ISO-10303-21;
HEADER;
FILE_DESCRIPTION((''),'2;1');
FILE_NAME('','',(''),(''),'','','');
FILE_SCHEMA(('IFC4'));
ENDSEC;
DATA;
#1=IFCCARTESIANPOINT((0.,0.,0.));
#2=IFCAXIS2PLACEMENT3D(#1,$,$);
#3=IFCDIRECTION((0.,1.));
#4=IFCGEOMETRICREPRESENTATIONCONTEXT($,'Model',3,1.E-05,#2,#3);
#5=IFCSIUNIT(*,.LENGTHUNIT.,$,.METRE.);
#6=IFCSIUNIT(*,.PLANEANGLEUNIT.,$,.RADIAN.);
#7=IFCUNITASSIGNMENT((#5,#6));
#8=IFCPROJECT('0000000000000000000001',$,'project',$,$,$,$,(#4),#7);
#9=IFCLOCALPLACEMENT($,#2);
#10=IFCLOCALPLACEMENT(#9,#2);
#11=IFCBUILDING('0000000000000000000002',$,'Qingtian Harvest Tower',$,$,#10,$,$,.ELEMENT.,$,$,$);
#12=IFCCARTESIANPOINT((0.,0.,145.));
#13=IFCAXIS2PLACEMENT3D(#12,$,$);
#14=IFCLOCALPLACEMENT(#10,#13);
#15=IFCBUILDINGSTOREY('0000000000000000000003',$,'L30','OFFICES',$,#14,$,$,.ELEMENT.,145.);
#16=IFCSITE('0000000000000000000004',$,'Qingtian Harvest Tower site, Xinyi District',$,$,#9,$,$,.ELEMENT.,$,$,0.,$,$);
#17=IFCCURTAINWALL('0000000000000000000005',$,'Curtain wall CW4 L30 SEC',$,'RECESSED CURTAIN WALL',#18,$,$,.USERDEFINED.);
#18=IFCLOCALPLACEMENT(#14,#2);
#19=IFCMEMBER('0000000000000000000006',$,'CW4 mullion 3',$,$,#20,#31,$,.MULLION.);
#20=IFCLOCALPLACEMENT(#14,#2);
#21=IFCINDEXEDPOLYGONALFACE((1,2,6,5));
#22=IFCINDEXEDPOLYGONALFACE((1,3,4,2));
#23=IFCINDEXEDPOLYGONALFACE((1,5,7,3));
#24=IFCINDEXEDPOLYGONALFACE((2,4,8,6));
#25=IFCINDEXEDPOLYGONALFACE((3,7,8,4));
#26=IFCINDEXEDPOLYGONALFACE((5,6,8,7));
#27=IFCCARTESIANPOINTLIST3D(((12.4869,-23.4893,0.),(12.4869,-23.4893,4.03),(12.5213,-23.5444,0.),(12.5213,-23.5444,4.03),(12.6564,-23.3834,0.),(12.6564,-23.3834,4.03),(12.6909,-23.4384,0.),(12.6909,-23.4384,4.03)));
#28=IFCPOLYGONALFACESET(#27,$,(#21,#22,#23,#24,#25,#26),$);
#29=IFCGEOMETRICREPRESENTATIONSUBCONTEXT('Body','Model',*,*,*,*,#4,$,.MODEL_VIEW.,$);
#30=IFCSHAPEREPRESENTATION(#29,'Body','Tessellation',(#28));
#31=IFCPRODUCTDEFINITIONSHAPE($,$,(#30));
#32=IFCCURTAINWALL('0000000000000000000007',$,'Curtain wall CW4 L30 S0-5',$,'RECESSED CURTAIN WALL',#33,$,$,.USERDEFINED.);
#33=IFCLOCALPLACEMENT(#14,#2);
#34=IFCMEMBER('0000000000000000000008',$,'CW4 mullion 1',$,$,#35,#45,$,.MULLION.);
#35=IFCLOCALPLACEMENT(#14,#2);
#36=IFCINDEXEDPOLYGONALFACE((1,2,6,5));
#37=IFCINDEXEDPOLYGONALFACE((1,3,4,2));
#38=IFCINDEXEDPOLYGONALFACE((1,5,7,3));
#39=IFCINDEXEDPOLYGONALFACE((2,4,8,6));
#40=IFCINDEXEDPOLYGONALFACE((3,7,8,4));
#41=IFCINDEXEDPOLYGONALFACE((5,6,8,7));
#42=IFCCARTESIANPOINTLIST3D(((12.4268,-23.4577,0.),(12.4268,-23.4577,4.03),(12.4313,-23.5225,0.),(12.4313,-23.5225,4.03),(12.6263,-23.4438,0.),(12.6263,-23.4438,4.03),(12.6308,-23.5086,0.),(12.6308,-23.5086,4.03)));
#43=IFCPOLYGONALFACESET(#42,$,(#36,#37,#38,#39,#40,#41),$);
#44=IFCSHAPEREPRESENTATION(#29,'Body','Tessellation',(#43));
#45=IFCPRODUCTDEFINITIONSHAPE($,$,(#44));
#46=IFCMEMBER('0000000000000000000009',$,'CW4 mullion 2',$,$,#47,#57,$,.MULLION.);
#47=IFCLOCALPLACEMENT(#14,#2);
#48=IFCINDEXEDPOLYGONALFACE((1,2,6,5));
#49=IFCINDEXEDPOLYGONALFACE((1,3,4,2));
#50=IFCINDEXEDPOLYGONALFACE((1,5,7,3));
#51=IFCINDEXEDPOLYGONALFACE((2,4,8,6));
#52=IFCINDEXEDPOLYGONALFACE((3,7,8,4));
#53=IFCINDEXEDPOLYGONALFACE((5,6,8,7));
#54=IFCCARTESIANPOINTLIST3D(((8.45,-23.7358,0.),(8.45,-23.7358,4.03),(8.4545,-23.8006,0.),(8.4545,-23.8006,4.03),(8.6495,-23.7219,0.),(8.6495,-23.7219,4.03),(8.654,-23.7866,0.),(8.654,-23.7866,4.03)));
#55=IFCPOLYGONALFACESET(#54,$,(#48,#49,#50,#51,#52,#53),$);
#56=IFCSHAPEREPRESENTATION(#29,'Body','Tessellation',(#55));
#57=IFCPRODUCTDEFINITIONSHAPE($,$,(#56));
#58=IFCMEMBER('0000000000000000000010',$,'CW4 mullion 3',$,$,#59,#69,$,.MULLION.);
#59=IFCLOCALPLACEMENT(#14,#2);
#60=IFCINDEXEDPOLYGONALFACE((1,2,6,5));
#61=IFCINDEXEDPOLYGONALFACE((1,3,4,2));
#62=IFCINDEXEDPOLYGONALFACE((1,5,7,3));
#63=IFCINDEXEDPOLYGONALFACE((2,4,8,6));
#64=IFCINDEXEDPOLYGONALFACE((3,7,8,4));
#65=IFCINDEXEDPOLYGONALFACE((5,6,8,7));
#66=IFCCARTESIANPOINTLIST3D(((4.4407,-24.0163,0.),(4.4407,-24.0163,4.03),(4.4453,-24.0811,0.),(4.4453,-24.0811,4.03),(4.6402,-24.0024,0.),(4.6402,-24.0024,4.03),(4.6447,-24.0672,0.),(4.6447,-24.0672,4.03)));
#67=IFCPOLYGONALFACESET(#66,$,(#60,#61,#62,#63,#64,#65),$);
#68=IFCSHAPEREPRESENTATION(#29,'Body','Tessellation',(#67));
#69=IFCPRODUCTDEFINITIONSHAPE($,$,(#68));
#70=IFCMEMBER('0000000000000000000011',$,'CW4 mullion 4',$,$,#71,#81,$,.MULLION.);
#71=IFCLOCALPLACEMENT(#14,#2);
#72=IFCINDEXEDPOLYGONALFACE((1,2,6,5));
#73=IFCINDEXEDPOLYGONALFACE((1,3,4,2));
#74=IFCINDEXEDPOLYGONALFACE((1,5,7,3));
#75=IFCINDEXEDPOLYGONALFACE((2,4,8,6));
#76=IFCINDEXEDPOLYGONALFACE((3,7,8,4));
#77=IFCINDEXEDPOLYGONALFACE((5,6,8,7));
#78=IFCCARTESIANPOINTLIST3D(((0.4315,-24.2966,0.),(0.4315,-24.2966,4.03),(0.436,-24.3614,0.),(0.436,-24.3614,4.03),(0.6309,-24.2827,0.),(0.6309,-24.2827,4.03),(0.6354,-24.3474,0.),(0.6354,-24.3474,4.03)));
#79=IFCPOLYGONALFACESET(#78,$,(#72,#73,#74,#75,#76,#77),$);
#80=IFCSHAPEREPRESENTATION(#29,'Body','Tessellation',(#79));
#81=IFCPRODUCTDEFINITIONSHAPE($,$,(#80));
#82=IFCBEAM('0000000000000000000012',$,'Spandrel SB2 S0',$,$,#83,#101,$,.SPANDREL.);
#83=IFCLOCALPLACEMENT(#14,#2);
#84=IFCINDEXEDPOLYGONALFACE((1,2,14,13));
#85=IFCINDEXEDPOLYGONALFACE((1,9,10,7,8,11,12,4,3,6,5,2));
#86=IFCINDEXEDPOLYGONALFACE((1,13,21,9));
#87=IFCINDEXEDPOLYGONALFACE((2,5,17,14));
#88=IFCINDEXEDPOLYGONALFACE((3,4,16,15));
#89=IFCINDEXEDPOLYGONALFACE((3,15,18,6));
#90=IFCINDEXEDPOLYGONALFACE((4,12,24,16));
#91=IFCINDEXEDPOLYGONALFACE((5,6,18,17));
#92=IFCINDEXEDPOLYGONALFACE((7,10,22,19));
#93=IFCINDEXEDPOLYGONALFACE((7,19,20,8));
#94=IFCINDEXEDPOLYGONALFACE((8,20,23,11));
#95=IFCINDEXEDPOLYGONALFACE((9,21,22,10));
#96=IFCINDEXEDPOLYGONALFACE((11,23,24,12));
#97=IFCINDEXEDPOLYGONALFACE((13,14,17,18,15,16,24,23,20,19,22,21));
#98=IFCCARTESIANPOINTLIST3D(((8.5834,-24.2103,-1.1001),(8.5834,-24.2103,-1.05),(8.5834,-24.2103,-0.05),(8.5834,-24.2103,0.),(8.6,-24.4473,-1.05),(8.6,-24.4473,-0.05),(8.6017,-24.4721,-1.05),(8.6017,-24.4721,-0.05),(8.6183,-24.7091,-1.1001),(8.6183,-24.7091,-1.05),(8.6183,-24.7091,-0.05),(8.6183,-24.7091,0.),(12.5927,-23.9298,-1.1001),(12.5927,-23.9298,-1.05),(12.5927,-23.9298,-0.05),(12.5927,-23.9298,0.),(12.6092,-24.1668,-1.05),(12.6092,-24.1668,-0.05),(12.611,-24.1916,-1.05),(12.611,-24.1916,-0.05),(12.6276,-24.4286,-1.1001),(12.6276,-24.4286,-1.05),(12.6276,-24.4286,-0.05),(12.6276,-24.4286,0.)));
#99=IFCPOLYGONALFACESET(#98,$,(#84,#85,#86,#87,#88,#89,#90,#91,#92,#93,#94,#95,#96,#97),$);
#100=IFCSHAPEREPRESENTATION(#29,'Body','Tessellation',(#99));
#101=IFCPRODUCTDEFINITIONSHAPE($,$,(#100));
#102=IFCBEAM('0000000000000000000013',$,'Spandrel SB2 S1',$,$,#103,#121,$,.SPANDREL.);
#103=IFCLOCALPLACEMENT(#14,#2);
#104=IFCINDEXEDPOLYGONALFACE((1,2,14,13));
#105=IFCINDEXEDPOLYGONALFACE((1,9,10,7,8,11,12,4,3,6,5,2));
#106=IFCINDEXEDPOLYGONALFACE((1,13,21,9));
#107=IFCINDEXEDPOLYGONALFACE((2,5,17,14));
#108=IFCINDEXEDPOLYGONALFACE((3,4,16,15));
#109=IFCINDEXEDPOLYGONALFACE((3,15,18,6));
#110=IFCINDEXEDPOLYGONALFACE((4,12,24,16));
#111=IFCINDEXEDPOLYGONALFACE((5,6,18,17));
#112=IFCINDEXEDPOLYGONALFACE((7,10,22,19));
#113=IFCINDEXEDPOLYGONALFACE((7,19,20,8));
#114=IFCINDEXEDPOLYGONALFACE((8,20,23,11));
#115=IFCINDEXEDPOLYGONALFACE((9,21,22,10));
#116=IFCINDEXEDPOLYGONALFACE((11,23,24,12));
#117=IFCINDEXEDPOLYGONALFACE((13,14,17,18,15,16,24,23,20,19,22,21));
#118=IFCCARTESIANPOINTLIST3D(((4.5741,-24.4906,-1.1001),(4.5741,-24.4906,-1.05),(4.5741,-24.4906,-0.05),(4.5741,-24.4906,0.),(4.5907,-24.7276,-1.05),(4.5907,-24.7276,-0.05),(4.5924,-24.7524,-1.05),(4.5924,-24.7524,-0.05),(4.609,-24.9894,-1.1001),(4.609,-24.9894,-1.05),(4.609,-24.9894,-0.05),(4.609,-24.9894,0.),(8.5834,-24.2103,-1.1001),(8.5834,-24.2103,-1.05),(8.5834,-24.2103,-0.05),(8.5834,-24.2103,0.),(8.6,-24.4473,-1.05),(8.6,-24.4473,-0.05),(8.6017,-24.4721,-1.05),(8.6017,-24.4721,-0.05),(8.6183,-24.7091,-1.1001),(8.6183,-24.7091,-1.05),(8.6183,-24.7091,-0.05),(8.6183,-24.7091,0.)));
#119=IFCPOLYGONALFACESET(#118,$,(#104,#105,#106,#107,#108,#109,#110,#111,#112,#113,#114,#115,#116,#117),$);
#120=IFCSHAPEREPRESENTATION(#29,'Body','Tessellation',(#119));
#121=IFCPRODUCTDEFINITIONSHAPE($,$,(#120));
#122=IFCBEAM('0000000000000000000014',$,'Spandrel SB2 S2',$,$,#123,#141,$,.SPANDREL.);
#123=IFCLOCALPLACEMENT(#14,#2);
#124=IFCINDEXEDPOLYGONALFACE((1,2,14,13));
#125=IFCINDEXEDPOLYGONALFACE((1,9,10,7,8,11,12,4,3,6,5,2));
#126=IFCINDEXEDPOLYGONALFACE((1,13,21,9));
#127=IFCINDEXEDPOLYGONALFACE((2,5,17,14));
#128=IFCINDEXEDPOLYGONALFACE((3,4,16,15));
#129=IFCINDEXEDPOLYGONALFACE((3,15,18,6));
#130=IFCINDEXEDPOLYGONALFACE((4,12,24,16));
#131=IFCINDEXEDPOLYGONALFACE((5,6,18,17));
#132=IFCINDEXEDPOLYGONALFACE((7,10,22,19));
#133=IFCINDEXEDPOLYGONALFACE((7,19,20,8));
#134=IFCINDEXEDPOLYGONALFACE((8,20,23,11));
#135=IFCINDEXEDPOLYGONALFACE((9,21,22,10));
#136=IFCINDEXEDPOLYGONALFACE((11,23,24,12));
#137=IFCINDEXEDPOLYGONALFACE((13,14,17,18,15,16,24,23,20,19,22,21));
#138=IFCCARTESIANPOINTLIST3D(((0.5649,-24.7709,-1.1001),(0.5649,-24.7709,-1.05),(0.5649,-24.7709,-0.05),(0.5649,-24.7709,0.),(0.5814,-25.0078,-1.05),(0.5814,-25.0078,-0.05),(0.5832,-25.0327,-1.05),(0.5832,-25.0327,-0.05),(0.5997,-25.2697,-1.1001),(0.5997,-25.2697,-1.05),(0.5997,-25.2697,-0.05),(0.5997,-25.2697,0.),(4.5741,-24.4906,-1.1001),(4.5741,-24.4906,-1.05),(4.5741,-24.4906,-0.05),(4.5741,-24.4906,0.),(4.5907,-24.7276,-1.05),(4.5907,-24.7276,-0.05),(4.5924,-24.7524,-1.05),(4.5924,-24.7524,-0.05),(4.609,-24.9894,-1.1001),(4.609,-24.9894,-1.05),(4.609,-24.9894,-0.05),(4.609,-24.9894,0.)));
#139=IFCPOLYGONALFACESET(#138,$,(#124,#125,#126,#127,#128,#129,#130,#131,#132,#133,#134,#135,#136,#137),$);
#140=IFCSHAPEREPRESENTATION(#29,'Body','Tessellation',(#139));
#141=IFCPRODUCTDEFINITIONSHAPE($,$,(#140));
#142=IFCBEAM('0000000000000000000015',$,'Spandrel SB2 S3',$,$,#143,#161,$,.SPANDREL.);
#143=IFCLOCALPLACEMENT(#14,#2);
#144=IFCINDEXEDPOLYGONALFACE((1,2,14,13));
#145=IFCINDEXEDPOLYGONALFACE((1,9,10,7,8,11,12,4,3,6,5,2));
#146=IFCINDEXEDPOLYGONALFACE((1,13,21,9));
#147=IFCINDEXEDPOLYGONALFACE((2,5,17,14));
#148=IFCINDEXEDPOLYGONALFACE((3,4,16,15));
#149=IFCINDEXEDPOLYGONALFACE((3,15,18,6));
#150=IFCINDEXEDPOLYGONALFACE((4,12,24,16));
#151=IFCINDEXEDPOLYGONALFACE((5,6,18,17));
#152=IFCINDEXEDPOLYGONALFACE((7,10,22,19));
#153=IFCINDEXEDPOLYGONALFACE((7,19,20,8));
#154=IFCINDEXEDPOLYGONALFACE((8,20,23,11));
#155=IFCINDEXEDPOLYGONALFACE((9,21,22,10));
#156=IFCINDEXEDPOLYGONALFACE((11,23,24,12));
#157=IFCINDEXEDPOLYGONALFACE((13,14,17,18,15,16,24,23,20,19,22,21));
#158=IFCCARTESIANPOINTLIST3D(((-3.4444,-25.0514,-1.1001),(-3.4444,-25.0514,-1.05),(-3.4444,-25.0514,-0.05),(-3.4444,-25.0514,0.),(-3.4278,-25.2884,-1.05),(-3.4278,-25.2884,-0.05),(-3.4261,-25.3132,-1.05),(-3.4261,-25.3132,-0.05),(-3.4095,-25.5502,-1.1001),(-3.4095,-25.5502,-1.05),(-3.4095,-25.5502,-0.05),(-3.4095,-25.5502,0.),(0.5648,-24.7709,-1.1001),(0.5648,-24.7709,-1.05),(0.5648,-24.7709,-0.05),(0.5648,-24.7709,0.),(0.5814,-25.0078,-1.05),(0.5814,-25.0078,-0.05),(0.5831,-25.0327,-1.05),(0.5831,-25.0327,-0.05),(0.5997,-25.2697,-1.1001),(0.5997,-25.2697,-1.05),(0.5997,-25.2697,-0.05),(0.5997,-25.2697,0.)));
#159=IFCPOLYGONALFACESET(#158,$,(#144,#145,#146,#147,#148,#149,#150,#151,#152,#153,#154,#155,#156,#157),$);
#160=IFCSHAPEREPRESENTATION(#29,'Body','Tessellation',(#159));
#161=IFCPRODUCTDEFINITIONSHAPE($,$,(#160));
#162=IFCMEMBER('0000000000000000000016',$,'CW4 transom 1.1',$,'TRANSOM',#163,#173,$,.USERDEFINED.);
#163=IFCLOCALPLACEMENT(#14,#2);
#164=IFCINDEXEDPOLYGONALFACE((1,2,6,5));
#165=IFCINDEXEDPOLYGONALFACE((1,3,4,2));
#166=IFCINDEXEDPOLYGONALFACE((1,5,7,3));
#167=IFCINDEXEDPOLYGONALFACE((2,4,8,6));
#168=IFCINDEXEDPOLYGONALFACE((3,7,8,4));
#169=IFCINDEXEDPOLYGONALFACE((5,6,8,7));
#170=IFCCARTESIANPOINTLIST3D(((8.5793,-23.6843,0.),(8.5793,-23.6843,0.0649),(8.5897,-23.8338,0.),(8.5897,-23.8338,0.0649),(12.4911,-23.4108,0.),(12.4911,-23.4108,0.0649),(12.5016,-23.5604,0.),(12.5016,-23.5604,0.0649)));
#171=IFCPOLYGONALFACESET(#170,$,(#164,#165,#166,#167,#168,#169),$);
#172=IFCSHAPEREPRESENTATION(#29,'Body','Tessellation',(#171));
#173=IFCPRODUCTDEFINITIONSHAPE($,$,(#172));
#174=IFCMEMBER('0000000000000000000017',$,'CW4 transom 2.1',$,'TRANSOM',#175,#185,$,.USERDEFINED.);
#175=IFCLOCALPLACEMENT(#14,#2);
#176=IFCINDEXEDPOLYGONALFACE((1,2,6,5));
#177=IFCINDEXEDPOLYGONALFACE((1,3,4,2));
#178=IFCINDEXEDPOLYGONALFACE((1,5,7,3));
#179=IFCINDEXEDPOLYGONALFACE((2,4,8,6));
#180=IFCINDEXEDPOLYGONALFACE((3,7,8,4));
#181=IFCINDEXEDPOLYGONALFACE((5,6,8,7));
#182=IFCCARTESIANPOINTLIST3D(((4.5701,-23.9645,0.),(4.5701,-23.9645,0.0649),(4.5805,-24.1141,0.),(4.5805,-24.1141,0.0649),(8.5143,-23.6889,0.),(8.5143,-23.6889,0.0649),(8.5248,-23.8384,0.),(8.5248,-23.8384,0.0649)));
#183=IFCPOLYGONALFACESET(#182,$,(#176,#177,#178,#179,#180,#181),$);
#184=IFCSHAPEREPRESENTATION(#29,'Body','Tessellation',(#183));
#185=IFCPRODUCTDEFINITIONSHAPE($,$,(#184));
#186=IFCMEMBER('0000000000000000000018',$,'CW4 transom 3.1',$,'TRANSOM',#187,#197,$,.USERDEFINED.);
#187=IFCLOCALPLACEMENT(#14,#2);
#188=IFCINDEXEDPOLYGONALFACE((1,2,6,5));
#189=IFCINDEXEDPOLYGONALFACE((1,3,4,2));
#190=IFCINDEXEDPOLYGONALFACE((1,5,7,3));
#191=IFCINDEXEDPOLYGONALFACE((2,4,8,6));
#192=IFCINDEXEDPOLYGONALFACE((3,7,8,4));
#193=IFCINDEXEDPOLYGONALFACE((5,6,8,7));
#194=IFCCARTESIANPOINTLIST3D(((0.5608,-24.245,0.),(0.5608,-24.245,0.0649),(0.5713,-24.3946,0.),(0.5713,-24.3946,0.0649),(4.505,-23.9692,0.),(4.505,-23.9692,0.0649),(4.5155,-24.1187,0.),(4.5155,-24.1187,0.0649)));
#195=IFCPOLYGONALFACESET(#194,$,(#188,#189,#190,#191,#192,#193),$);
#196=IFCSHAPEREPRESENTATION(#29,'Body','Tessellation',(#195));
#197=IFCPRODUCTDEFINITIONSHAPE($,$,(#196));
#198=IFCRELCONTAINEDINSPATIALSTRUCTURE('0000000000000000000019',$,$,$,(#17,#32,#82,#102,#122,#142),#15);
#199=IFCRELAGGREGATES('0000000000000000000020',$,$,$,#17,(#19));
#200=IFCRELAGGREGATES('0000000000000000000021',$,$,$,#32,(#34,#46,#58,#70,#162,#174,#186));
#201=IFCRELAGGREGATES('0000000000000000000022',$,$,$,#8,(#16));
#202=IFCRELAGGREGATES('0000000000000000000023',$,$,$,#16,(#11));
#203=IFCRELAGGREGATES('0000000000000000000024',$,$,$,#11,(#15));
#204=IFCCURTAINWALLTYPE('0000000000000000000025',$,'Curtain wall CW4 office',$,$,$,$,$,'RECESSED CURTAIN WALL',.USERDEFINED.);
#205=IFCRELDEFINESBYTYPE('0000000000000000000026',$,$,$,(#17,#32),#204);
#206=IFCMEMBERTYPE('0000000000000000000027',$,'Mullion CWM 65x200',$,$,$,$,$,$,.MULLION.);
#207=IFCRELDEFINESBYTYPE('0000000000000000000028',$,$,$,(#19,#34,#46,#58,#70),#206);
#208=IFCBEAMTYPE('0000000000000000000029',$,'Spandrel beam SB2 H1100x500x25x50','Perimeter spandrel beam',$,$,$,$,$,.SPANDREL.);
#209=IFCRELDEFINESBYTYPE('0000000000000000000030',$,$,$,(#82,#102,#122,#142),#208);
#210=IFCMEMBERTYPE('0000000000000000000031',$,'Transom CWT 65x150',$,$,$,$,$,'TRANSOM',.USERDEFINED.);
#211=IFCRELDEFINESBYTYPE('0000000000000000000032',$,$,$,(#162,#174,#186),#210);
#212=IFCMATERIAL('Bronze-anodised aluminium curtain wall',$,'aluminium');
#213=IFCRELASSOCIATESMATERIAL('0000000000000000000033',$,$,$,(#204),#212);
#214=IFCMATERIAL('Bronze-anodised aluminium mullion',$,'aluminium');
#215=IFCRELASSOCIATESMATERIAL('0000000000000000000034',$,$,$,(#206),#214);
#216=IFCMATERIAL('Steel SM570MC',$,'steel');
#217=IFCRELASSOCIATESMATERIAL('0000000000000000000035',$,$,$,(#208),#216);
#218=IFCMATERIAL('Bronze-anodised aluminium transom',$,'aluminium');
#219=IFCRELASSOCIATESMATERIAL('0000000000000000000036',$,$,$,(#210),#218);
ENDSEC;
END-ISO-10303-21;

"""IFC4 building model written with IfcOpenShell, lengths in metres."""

from ifc_helpers import new_model, si_unit, direction, frame, origin, origin_2d, place, context, subcontext, project, spatial, rectangle, i_section, extrude, material, material_profile, profile_set, type_object, element, aggregate, save


model = new_model("IFC4")

# Units and contexts
model_context = context("Model", 3, precision=1e-05, world=origin(), true_north=direction((0.0, 1.0)))
body_context = subcontext(model_context, "Body", "Model", "MODEL_VIEW")
ifc_project = project(units=[si_unit("LENGTHUNIT", "METRE"), si_unit("PLANEANGLEUNIT", "RADIAN")], contexts=[model_context])

# Site, building, storey
site_placement = place(None, origin())
site = spatial("IfcSite", under=ifc_project, at=site_placement, Name="Qingtian Harvest Tower site, Xinyi District", CompositionType="ELEMENT", RefElevation=0.0)
building_placement = place(site_placement, origin())
building = spatial("IfcBuilding", under=site, at=building_placement, Name="Qingtian Harvest Tower", CompositionType="ELEMENT")
storey_placement = place(building_placement, frame((0.0, 0.0, 145.0)))
storey = spatial("IfcBuildingStorey", under=building, at=storey_placement, Name="L30", Description="OFFICES", CompositionType="ELEMENT", Elevation=145.0)

# Curtain wall, member
ifc_material_1 = material(Name="Bronze-anodised aluminium curtain wall", Category="aluminium")
curtain_wall_type = type_object("IfcCurtainWallType", Name="Curtain wall CW4 office", ElementType="RECESSED CURTAIN WALL", PredefinedType="USERDEFINED", material=ifc_material_1)
curtain_wall_1_placement = place(storey_placement, origin())
curtain_wall_1 = element("IfcCurtainWall", 1, at=curtain_wall_1_placement, inside=storey, type_object=curtain_wall_type, Name="Curtain wall CW4 L30 SEC", ObjectType="RECESSED CURTAIN WALL", PredefinedType="USERDEFINED")
ifc_material_2 = material(Name="Bronze-anodised aluminium mullion", Category="aluminium")
ifc_material_profile_1 = material_profile(ifc_material_2, rectangle(XDim=0.0649, YDim=0.2, at=origin_2d()), Name="AL 65x200")
ifc_profile_set_1 = profile_set([ifc_material_profile_1], Name="Bronze-anodised aluminium mullion")
member_type_1 = type_object("IfcMemberType", Name="Mullion CWM 65x200", PredefinedType="MULLION", material=ifc_profile_set_1)
member_1_placement = place(storey_placement, frame((12.5889, -23.4639, 0.0), z_axis=(0.0, 0.0, 1.0), x_axis=(0.529919, -0.848048, 0.0)))
member_1 = element("IfcMember", 2, at=member_1_placement, type_object=member_type_1, Name="CW4 mullion 3", PredefinedType="MULLION", context=body_context, shape_type="SweptSolid", body=[
    extrude(rectangle(XDim=0.0649, YDim=0.2, at=origin_2d()), origin(), (0.0, 0.0, 1.0), 4.03),
])
aggregate(curtain_wall_1, [member_1])

# Curtain wall, members
curtain_wall_2_placement = place(storey_placement, origin())
curtain_wall_2 = element("IfcCurtainWall", 3, at=curtain_wall_2_placement, inside=storey, type_object=curtain_wall_type, Name="Curtain wall CW4 L30 S0-5", ObjectType="RECESSED CURTAIN WALL", PredefinedType="USERDEFINED")
member_2_placement = place(storey_placement, frame((12.5288, -23.4832, 0.0), z_axis=(0.0, 0.0, 1.0), x_axis=(0.069756, -0.997564, 0.0)))
member_2 = element("IfcMember", 4, at=member_2_placement, type_object=member_type_1, Name="CW4 mullion 1", PredefinedType="MULLION", context=body_context, shape_type="SweptSolid", body=[
    extrude(rectangle(XDim=0.0649, YDim=0.2, at=origin_2d()), origin(), (0.0, 0.0, 1.0), 4.03),
])
member_3_placement = place(storey_placement, frame((8.552, -23.7612, 0.0), z_axis=(0.0, 0.0, 1.0), x_axis=(0.069756, -0.997564, 0.0)))
member_3 = element("IfcMember", 5, at=member_3_placement, type_object=member_type_1, Name="CW4 mullion 2", PredefinedType="MULLION", context=body_context, shape_type="SweptSolid", body=[
    extrude(rectangle(XDim=0.0649, YDim=0.2, at=origin_2d()), origin(), (0.0, 0.0, 1.0), 4.03),
])
member_4_placement = place(storey_placement, frame((4.5427, -24.0417, 0.0), z_axis=(0.0, 0.0, 1.0), x_axis=(0.069756, -0.997564, 0.0)))
member_4 = element("IfcMember", 6, at=member_4_placement, type_object=member_type_1, Name="CW4 mullion 3", PredefinedType="MULLION", context=body_context, shape_type="SweptSolid", body=[
    extrude(rectangle(XDim=0.0649, YDim=0.2, at=origin_2d()), origin(), (0.0, 0.0, 1.0), 4.03),
])
member_5_placement = place(storey_placement, frame((0.5334, -24.322, 0.0), z_axis=(0.0, 0.0, 1.0), x_axis=(0.069756, -0.997564, 0.0)))
member_5 = element("IfcMember", 7, at=member_5_placement, type_object=member_type_1, Name="CW4 mullion 4", PredefinedType="MULLION", context=body_context, shape_type="SweptSolid", body=[
    extrude(rectangle(XDim=0.0649, YDim=0.2, at=origin_2d()), origin(), (0.0, 0.0, 1.0), 4.03),
])

# Beams
ifc_material_3 = material(Name="Steel SM570MC", Category="steel")
ifc_material_profile_2 = material_profile(ifc_material_3, i_section(OverallWidth=0.5, OverallDepth=1.1001, WebThickness=0.0249, FlangeThickness=0.05, at=origin_2d()), Name="H1100x500x25x50")
ifc_profile_set_2 = profile_set([ifc_material_profile_2], Name="Steel SM570MC")
beam_type_1 = type_object("IfcBeamType", Name="Spandrel beam SB2 H1100x500x25x50", Description="Perimeter spandrel beam", PredefinedType="SPANDREL", material=ifc_profile_set_2)
for number, where, z_axis, x_axis, name in (
    (8, (12.6101, -24.1792, -0.55), (-0.997561, -0.069796, 0.0), (0.069796, -0.997561, 0.0), "Spandrel SB2 S0"),
    (9, (8.6008, -24.4597, -0.55), (-0.997565, -0.069736, 0.0), (0.069736, -0.997565, 0.0), "Spandrel SB2 S1"),
    (10, (4.5916, -24.74, -0.55), (-0.997565, -0.069736, 0.0), (0.069736, -0.997565, 0.0), "Spandrel SB2 S2"),
    (11, (0.5823, -25.0203, -0.55), (-0.997561, -0.069796, 0.0), (0.069796, -0.997561, 0.0), "Spandrel SB2 S3"),
):
    element("IfcBeam", number, at=place(storey_placement, frame(where, z_axis=z_axis, x_axis=x_axis)), inside=storey, type_object=beam_type_1, Name=name, PredefinedType="SPANDREL", context=body_context, shape_type="SweptSolid", body=[
        extrude(i_section(OverallWidth=0.5, OverallDepth=1.1001, WebThickness=0.0249, FlangeThickness=0.05, at=origin_2d()), origin(), (0.0, 0.0, 1.0), 4.019),
    ])

# Members
ifc_material_4 = material(Name="Bronze-anodised aluminium transom", Category="aluminium")
ifc_material_profile_3 = material_profile(ifc_material_4, rectangle(XDim=0.1499, YDim=0.0649, at=origin_2d()), Name="AL 65x150")
ifc_profile_set_3 = profile_set([ifc_material_profile_3], Name="Bronze-anodised aluminium transom")
member_type_2 = type_object("IfcMemberType", Name="Transom CWT 65x150", ElementType="TRANSOM", PredefinedType="USERDEFINED", material=ifc_profile_set_3)
member_6_placement = place(storey_placement, frame((12.4963, -23.4856, 0.0325), z_axis=(-0.997566, -0.069729, 0.0), x_axis=(0.069729, -0.997566, 0.0)))
member_6 = element("IfcMember", 12, at=member_6_placement, type_object=member_type_2, Name="CW4 transom 1.1", ObjectType="TRANSOM", PredefinedType="USERDEFINED", context=body_context, shape_type="SweptSolid", body=[
    extrude(rectangle(XDim=0.1499, YDim=0.0649, at=origin_2d()), origin(), (0.0, 0.0, 1.0), 3.9214),
])
member_7_placement = place(storey_placement, frame((8.5195, -23.7637, 0.0325), z_axis=(-0.997567, -0.069711, 0.0), x_axis=(0.069711, -0.997567, 0.0)))
member_7 = element("IfcMember", 13, at=member_7_placement, type_object=member_type_2, Name="CW4 transom 2.1", ObjectType="TRANSOM", PredefinedType="USERDEFINED", context=body_context, shape_type="SweptSolid", body=[
    extrude(rectangle(XDim=0.1499, YDim=0.0649, at=origin_2d()), origin(), (0.0, 0.0, 1.0), 3.9539),
])
member_8_placement = place(storey_placement, frame((4.5103, -24.0439, 0.0325), z_axis=(-0.997563, -0.069773, 0.0), x_axis=(0.069773, -0.997563, 0.0)))
member_8 = element("IfcMember", 14, at=member_8_placement, type_object=member_type_2, Name="CW4 transom 3.1", ObjectType="TRANSOM", PredefinedType="USERDEFINED", context=body_context, shape_type="SweptSolid", body=[
    extrude(rectangle(XDim=0.1499, YDim=0.0649, at=origin_2d()), origin(), (0.0, 0.0, 1.0), 3.9539),
])

aggregate(curtain_wall_2, [member_2, member_3, member_4, member_5, member_6, member_7, member_8])

save(model, "model.ifc")
